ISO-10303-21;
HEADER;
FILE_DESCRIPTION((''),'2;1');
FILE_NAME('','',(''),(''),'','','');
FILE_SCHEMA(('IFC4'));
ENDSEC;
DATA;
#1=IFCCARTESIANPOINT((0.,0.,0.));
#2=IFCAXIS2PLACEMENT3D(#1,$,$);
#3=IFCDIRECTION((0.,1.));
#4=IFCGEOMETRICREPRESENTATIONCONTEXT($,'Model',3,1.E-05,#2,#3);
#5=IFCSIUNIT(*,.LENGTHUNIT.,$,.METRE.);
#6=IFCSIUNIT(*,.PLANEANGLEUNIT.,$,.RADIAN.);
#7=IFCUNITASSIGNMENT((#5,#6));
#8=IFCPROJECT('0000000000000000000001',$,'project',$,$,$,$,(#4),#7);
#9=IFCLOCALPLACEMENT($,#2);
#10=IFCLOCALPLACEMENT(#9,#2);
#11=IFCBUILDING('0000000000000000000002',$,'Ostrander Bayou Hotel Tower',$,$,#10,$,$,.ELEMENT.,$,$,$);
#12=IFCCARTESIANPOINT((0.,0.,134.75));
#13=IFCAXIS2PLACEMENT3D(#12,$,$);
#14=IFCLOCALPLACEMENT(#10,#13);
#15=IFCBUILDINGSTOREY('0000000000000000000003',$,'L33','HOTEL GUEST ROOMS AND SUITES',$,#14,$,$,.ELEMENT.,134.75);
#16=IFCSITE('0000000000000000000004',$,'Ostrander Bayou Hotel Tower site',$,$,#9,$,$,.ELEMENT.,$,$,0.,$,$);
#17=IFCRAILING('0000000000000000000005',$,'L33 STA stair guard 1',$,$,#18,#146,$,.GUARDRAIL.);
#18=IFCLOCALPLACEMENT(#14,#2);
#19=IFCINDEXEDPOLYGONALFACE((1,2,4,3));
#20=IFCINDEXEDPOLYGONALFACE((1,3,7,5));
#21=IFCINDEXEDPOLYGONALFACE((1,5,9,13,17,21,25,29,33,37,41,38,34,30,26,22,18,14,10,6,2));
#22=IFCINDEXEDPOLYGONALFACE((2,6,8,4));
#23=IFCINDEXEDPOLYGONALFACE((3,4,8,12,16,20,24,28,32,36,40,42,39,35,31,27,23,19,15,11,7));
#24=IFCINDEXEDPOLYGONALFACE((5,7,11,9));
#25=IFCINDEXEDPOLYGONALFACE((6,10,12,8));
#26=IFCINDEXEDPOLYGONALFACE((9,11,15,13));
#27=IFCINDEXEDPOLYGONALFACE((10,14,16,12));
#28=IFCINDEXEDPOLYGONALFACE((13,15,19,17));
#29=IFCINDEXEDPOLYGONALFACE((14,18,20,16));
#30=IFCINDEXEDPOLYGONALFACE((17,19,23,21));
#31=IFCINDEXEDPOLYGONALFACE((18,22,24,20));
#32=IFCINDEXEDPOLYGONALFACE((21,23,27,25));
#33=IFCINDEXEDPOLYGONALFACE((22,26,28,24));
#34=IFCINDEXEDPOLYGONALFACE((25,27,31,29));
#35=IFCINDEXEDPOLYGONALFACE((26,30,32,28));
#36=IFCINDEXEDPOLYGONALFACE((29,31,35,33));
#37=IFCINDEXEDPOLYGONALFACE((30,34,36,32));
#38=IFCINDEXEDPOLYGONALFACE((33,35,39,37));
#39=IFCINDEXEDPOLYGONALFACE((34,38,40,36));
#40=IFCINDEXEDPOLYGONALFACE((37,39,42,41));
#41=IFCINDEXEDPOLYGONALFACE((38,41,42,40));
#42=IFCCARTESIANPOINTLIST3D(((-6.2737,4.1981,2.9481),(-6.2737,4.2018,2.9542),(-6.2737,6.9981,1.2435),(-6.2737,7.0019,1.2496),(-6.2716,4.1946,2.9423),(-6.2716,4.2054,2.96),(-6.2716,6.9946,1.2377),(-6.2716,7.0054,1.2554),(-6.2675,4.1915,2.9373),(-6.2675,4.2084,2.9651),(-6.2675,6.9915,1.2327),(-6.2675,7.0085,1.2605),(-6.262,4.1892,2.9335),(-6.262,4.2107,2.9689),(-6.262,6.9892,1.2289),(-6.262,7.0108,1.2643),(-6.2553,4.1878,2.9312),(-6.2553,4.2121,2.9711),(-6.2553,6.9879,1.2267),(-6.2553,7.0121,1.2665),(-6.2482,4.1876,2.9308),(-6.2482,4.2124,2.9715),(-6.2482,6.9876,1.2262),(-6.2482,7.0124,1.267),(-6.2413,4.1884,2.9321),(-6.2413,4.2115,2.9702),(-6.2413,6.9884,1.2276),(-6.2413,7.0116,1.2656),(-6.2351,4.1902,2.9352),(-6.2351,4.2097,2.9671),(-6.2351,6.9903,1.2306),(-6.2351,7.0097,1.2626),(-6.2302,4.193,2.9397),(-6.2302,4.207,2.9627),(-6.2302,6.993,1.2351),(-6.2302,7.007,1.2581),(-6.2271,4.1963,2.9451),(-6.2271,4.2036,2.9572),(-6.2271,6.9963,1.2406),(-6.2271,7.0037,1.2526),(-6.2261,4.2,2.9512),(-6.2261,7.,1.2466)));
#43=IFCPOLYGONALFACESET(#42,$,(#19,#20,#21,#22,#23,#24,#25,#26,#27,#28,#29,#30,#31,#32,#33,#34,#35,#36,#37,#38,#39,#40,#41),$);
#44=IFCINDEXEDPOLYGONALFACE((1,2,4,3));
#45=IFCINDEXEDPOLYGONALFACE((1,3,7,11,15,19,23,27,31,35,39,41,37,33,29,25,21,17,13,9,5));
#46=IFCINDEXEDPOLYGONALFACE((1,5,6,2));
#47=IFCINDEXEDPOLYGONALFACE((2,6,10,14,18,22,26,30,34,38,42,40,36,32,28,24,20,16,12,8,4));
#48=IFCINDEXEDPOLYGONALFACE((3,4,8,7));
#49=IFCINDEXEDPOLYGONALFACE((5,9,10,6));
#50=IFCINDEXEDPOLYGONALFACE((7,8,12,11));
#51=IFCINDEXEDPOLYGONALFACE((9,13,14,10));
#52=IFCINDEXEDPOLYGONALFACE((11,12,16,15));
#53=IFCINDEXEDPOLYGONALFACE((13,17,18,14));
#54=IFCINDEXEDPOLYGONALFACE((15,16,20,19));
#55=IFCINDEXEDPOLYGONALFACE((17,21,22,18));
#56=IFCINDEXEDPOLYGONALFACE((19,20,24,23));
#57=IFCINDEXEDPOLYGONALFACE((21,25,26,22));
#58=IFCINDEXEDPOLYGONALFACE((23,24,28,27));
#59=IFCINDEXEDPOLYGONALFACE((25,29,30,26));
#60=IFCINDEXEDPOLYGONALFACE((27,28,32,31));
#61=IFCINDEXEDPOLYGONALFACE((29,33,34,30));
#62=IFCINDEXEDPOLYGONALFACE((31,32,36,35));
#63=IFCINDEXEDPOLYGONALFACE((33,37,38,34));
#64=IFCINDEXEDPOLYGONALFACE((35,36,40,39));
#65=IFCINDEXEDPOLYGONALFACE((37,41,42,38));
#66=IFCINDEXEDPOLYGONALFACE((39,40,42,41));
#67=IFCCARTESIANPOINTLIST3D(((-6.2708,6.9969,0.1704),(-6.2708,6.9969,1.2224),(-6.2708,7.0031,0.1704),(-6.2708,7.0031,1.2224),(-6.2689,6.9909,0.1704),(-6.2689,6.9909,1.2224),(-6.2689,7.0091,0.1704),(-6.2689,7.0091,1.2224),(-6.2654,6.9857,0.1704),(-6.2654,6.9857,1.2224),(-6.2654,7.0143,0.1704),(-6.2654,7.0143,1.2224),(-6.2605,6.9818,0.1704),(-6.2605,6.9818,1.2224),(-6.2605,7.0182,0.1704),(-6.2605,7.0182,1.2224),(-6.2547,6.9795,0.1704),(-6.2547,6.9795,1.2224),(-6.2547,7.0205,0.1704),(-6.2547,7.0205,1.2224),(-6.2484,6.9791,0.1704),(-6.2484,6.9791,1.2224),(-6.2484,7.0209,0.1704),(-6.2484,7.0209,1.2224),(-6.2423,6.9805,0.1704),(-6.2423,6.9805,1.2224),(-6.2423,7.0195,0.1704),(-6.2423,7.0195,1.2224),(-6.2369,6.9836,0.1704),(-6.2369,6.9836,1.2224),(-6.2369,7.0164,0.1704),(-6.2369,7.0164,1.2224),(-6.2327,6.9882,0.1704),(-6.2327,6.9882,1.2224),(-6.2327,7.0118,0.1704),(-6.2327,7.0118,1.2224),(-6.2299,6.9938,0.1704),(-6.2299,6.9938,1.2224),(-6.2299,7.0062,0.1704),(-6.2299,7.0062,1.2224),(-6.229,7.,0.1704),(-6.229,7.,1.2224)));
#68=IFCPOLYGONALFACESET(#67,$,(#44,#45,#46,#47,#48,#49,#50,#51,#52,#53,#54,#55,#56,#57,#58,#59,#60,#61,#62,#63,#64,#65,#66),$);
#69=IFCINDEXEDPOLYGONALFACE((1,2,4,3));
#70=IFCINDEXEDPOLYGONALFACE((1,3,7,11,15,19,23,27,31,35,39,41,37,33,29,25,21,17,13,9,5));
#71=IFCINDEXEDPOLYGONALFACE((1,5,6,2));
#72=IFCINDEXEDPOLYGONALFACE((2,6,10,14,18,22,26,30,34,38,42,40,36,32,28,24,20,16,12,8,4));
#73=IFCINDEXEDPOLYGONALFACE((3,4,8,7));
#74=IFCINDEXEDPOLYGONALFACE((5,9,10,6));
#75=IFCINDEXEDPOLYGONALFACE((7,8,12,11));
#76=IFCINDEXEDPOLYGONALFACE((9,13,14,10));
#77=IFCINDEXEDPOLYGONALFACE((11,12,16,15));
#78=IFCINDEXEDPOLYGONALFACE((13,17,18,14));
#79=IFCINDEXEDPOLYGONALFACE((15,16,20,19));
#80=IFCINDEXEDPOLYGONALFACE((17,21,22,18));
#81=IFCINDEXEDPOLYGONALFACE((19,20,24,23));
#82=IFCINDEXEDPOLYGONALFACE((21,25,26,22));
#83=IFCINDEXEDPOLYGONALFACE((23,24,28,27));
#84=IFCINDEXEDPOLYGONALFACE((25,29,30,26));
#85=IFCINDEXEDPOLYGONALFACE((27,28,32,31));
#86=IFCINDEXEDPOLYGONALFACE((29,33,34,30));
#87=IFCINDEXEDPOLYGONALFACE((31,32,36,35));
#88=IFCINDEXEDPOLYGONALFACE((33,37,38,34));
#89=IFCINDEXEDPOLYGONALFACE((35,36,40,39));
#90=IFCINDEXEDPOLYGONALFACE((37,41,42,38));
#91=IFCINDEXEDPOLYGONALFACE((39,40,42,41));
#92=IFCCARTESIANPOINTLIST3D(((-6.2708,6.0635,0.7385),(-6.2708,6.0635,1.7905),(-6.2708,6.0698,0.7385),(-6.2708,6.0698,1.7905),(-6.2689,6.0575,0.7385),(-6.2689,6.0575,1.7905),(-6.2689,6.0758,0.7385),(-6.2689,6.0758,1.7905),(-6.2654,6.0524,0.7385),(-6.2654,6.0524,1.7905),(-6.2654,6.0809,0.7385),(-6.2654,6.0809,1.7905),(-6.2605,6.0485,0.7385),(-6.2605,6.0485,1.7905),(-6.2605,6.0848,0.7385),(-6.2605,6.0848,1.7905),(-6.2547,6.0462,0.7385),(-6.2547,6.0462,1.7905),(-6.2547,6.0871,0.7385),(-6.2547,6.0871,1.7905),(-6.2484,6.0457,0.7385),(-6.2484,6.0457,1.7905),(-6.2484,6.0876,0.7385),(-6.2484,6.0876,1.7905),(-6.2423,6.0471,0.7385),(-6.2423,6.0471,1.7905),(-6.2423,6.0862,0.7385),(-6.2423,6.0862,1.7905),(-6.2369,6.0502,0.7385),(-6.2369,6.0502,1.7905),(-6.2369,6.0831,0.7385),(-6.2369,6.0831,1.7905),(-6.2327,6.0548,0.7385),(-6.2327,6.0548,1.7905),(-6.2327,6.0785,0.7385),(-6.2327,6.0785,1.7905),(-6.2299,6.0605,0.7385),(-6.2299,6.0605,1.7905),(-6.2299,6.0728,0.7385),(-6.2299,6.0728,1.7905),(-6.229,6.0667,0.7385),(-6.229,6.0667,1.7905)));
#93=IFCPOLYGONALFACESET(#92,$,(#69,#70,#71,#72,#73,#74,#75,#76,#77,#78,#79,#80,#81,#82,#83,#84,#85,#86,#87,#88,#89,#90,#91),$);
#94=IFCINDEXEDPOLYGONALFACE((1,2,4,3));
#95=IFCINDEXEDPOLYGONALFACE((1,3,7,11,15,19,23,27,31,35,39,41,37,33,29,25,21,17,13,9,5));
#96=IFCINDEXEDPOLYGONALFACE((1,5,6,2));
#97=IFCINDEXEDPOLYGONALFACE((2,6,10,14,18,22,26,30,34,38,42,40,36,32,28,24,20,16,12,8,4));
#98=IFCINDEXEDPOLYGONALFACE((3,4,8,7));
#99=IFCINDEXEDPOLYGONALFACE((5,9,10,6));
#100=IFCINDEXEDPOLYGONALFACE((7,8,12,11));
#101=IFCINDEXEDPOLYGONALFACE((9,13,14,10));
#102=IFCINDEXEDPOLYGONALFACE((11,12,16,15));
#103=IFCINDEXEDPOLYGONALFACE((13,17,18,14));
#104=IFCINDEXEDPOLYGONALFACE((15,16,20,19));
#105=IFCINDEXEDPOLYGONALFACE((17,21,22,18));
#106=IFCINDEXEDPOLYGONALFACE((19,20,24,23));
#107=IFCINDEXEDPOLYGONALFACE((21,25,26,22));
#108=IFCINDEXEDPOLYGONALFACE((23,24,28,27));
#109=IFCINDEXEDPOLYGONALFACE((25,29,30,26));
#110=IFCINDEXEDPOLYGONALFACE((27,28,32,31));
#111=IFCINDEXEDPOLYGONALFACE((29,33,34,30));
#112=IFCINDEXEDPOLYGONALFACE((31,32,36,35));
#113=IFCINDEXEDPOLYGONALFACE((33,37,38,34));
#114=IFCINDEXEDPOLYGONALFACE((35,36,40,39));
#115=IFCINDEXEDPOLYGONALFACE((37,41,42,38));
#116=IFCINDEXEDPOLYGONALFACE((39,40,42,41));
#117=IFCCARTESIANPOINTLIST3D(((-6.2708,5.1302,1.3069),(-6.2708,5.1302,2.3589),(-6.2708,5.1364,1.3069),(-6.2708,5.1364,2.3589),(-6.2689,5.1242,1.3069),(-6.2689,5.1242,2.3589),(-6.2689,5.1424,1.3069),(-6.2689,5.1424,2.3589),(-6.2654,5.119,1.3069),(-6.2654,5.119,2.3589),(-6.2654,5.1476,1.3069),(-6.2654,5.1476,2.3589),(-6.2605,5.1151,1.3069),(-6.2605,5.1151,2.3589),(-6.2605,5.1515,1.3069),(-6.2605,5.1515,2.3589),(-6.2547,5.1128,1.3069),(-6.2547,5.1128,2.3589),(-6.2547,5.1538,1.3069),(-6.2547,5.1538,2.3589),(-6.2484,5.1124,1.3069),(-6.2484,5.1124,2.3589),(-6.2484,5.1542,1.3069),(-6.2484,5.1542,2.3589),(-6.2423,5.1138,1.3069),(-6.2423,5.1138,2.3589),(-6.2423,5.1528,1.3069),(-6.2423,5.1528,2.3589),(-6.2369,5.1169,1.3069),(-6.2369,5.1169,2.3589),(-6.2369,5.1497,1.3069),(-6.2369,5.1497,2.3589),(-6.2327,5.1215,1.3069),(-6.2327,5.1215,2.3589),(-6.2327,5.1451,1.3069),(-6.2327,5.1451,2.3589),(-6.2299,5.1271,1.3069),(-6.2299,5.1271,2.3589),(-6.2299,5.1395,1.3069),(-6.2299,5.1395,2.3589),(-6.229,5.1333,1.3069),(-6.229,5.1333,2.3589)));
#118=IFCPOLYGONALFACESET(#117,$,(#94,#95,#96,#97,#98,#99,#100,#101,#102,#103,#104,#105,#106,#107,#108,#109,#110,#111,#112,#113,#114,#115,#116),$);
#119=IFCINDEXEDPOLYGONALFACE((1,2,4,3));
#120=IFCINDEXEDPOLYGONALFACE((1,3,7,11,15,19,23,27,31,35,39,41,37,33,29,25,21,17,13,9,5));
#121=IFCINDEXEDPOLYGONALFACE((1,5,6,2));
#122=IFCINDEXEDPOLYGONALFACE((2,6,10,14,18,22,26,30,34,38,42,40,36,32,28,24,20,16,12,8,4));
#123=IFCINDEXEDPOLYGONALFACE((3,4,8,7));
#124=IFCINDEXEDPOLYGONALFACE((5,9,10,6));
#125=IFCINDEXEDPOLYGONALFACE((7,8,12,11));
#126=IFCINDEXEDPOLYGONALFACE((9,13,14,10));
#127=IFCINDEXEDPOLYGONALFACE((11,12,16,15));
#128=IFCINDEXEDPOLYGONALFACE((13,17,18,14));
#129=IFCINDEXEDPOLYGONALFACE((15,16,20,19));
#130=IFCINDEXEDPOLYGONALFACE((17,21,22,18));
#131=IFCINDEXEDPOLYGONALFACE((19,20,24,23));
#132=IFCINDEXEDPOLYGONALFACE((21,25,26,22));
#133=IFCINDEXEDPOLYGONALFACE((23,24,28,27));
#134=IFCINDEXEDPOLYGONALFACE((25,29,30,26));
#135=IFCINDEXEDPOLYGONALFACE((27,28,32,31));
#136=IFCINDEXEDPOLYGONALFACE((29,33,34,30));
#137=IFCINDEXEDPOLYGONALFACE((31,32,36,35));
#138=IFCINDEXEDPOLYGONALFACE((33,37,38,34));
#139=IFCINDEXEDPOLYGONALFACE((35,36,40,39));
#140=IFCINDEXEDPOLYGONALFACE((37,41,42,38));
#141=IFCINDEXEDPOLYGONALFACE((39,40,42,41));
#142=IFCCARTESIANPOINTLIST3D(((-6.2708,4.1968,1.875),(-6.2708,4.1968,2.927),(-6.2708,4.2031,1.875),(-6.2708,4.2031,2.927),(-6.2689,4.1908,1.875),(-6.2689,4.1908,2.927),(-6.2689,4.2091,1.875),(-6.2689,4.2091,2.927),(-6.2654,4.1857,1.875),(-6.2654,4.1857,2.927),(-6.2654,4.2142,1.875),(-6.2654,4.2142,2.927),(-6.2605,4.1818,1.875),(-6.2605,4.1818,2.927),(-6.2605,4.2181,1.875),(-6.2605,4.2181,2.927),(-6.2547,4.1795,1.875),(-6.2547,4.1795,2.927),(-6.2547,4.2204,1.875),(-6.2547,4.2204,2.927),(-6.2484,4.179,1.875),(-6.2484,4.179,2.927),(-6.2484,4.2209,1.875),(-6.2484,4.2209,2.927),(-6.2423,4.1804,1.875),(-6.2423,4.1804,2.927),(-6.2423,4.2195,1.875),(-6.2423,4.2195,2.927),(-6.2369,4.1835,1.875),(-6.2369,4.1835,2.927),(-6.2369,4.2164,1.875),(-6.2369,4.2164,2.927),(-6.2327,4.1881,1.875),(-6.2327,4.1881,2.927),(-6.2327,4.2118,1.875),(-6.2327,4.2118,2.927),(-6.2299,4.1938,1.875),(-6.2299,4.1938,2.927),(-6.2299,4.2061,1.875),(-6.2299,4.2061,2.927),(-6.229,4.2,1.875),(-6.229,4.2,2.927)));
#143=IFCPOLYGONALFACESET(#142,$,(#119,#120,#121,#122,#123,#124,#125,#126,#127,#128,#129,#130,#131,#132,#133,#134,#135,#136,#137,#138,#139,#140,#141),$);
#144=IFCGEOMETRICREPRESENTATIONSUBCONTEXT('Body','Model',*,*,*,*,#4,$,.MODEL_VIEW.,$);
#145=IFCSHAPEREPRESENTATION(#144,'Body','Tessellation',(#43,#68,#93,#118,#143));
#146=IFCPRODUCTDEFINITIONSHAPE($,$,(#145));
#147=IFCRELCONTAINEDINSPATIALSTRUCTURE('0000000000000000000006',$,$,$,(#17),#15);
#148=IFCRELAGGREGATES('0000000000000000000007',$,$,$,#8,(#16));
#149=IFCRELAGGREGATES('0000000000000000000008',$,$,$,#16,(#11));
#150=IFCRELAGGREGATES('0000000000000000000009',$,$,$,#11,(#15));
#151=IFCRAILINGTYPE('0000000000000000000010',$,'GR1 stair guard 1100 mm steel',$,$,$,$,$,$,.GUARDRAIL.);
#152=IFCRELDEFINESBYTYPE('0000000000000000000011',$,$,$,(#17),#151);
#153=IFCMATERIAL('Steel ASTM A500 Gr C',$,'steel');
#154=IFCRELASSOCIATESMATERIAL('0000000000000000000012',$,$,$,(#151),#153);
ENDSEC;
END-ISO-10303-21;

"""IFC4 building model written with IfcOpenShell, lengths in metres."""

from ifc_helpers import new_model, si_unit, direction, frame, origin, origin_2d, place, context, subcontext, project, spatial, circle, extrude, material, type_object, element, save


model = new_model("IFC4")

# Units and contexts
model_context = context("Model", 3, precision=1e-05, world=origin(), true_north=direction((0.0, 1.0)))
body_context = subcontext(model_context, "Body", "Model", "MODEL_VIEW")
ifc_project = project(units=[si_unit("LENGTHUNIT", "METRE"), si_unit("PLANEANGLEUNIT", "RADIAN")], contexts=[model_context])

# Site, building, storey
site_placement = place(None, origin())
site = spatial("IfcSite", under=ifc_project, at=site_placement, Name="Ostrander Bayou Hotel Tower site", CompositionType="ELEMENT", RefElevation=0.0)
building_placement = place(site_placement, origin())
building = spatial("IfcBuilding", under=site, at=building_placement, Name="Ostrander Bayou Hotel Tower", CompositionType="ELEMENT")
storey_placement = place(building_placement, frame((0.0, 0.0, 134.75)))
storey = spatial("IfcBuildingStorey", under=building, at=storey_placement, Name="L33", Description="HOTEL GUEST ROOMS AND SUITES", CompositionType="ELEMENT", Elevation=134.75)

# Railing
ifc_material_1 = material(Name="Steel ASTM A500 Gr C", Category="steel")
railing_type_1 = type_object("IfcRailingType", Name="GR1 stair guard 1100 mm steel", PredefinedType="GUARDRAIL", material=ifc_material_1)
railing_1_placement = place(storey_placement, frame((-6.25, 7.0, 0.1704)))
element("IfcRailing", 1, at=railing_1_placement, inside=storey, type_object=railing_type_1, Name="L33 STA stair guard 1", PredefinedType="GUARDRAIL", context=body_context, shape_type="SweptSolid", body=[
    extrude(circle(Radius=0.0239, at=origin_2d()), frame((0.0, 0.0, 1.0762), z_axis=(0.0, -0.85417, 0.519994), x_axis=(1.0, 0.0, 0.0)), (0.0, 0.0, 1.0), 3.2781),
    extrude(circle(Radius=0.021, at=origin_2d()), origin(), (0.0, 0.0, 1.0), 1.052),
    extrude(circle(Radius=0.021, at=origin_2d()), frame((0.0, -0.9333, 0.5681)), (0.0, 0.0, 1.0), 1.052),
    extrude(circle(Radius=0.021, at=origin_2d()), frame((0.0, -1.8667, 1.1365)), (0.0, 0.0, 1.0), 1.052),
    extrude(circle(Radius=0.021, at=origin_2d()), frame((0.0, -2.8, 1.7046)), (0.0, 0.0, 1.0), 1.052),
])

save(model, "model.ifc")
